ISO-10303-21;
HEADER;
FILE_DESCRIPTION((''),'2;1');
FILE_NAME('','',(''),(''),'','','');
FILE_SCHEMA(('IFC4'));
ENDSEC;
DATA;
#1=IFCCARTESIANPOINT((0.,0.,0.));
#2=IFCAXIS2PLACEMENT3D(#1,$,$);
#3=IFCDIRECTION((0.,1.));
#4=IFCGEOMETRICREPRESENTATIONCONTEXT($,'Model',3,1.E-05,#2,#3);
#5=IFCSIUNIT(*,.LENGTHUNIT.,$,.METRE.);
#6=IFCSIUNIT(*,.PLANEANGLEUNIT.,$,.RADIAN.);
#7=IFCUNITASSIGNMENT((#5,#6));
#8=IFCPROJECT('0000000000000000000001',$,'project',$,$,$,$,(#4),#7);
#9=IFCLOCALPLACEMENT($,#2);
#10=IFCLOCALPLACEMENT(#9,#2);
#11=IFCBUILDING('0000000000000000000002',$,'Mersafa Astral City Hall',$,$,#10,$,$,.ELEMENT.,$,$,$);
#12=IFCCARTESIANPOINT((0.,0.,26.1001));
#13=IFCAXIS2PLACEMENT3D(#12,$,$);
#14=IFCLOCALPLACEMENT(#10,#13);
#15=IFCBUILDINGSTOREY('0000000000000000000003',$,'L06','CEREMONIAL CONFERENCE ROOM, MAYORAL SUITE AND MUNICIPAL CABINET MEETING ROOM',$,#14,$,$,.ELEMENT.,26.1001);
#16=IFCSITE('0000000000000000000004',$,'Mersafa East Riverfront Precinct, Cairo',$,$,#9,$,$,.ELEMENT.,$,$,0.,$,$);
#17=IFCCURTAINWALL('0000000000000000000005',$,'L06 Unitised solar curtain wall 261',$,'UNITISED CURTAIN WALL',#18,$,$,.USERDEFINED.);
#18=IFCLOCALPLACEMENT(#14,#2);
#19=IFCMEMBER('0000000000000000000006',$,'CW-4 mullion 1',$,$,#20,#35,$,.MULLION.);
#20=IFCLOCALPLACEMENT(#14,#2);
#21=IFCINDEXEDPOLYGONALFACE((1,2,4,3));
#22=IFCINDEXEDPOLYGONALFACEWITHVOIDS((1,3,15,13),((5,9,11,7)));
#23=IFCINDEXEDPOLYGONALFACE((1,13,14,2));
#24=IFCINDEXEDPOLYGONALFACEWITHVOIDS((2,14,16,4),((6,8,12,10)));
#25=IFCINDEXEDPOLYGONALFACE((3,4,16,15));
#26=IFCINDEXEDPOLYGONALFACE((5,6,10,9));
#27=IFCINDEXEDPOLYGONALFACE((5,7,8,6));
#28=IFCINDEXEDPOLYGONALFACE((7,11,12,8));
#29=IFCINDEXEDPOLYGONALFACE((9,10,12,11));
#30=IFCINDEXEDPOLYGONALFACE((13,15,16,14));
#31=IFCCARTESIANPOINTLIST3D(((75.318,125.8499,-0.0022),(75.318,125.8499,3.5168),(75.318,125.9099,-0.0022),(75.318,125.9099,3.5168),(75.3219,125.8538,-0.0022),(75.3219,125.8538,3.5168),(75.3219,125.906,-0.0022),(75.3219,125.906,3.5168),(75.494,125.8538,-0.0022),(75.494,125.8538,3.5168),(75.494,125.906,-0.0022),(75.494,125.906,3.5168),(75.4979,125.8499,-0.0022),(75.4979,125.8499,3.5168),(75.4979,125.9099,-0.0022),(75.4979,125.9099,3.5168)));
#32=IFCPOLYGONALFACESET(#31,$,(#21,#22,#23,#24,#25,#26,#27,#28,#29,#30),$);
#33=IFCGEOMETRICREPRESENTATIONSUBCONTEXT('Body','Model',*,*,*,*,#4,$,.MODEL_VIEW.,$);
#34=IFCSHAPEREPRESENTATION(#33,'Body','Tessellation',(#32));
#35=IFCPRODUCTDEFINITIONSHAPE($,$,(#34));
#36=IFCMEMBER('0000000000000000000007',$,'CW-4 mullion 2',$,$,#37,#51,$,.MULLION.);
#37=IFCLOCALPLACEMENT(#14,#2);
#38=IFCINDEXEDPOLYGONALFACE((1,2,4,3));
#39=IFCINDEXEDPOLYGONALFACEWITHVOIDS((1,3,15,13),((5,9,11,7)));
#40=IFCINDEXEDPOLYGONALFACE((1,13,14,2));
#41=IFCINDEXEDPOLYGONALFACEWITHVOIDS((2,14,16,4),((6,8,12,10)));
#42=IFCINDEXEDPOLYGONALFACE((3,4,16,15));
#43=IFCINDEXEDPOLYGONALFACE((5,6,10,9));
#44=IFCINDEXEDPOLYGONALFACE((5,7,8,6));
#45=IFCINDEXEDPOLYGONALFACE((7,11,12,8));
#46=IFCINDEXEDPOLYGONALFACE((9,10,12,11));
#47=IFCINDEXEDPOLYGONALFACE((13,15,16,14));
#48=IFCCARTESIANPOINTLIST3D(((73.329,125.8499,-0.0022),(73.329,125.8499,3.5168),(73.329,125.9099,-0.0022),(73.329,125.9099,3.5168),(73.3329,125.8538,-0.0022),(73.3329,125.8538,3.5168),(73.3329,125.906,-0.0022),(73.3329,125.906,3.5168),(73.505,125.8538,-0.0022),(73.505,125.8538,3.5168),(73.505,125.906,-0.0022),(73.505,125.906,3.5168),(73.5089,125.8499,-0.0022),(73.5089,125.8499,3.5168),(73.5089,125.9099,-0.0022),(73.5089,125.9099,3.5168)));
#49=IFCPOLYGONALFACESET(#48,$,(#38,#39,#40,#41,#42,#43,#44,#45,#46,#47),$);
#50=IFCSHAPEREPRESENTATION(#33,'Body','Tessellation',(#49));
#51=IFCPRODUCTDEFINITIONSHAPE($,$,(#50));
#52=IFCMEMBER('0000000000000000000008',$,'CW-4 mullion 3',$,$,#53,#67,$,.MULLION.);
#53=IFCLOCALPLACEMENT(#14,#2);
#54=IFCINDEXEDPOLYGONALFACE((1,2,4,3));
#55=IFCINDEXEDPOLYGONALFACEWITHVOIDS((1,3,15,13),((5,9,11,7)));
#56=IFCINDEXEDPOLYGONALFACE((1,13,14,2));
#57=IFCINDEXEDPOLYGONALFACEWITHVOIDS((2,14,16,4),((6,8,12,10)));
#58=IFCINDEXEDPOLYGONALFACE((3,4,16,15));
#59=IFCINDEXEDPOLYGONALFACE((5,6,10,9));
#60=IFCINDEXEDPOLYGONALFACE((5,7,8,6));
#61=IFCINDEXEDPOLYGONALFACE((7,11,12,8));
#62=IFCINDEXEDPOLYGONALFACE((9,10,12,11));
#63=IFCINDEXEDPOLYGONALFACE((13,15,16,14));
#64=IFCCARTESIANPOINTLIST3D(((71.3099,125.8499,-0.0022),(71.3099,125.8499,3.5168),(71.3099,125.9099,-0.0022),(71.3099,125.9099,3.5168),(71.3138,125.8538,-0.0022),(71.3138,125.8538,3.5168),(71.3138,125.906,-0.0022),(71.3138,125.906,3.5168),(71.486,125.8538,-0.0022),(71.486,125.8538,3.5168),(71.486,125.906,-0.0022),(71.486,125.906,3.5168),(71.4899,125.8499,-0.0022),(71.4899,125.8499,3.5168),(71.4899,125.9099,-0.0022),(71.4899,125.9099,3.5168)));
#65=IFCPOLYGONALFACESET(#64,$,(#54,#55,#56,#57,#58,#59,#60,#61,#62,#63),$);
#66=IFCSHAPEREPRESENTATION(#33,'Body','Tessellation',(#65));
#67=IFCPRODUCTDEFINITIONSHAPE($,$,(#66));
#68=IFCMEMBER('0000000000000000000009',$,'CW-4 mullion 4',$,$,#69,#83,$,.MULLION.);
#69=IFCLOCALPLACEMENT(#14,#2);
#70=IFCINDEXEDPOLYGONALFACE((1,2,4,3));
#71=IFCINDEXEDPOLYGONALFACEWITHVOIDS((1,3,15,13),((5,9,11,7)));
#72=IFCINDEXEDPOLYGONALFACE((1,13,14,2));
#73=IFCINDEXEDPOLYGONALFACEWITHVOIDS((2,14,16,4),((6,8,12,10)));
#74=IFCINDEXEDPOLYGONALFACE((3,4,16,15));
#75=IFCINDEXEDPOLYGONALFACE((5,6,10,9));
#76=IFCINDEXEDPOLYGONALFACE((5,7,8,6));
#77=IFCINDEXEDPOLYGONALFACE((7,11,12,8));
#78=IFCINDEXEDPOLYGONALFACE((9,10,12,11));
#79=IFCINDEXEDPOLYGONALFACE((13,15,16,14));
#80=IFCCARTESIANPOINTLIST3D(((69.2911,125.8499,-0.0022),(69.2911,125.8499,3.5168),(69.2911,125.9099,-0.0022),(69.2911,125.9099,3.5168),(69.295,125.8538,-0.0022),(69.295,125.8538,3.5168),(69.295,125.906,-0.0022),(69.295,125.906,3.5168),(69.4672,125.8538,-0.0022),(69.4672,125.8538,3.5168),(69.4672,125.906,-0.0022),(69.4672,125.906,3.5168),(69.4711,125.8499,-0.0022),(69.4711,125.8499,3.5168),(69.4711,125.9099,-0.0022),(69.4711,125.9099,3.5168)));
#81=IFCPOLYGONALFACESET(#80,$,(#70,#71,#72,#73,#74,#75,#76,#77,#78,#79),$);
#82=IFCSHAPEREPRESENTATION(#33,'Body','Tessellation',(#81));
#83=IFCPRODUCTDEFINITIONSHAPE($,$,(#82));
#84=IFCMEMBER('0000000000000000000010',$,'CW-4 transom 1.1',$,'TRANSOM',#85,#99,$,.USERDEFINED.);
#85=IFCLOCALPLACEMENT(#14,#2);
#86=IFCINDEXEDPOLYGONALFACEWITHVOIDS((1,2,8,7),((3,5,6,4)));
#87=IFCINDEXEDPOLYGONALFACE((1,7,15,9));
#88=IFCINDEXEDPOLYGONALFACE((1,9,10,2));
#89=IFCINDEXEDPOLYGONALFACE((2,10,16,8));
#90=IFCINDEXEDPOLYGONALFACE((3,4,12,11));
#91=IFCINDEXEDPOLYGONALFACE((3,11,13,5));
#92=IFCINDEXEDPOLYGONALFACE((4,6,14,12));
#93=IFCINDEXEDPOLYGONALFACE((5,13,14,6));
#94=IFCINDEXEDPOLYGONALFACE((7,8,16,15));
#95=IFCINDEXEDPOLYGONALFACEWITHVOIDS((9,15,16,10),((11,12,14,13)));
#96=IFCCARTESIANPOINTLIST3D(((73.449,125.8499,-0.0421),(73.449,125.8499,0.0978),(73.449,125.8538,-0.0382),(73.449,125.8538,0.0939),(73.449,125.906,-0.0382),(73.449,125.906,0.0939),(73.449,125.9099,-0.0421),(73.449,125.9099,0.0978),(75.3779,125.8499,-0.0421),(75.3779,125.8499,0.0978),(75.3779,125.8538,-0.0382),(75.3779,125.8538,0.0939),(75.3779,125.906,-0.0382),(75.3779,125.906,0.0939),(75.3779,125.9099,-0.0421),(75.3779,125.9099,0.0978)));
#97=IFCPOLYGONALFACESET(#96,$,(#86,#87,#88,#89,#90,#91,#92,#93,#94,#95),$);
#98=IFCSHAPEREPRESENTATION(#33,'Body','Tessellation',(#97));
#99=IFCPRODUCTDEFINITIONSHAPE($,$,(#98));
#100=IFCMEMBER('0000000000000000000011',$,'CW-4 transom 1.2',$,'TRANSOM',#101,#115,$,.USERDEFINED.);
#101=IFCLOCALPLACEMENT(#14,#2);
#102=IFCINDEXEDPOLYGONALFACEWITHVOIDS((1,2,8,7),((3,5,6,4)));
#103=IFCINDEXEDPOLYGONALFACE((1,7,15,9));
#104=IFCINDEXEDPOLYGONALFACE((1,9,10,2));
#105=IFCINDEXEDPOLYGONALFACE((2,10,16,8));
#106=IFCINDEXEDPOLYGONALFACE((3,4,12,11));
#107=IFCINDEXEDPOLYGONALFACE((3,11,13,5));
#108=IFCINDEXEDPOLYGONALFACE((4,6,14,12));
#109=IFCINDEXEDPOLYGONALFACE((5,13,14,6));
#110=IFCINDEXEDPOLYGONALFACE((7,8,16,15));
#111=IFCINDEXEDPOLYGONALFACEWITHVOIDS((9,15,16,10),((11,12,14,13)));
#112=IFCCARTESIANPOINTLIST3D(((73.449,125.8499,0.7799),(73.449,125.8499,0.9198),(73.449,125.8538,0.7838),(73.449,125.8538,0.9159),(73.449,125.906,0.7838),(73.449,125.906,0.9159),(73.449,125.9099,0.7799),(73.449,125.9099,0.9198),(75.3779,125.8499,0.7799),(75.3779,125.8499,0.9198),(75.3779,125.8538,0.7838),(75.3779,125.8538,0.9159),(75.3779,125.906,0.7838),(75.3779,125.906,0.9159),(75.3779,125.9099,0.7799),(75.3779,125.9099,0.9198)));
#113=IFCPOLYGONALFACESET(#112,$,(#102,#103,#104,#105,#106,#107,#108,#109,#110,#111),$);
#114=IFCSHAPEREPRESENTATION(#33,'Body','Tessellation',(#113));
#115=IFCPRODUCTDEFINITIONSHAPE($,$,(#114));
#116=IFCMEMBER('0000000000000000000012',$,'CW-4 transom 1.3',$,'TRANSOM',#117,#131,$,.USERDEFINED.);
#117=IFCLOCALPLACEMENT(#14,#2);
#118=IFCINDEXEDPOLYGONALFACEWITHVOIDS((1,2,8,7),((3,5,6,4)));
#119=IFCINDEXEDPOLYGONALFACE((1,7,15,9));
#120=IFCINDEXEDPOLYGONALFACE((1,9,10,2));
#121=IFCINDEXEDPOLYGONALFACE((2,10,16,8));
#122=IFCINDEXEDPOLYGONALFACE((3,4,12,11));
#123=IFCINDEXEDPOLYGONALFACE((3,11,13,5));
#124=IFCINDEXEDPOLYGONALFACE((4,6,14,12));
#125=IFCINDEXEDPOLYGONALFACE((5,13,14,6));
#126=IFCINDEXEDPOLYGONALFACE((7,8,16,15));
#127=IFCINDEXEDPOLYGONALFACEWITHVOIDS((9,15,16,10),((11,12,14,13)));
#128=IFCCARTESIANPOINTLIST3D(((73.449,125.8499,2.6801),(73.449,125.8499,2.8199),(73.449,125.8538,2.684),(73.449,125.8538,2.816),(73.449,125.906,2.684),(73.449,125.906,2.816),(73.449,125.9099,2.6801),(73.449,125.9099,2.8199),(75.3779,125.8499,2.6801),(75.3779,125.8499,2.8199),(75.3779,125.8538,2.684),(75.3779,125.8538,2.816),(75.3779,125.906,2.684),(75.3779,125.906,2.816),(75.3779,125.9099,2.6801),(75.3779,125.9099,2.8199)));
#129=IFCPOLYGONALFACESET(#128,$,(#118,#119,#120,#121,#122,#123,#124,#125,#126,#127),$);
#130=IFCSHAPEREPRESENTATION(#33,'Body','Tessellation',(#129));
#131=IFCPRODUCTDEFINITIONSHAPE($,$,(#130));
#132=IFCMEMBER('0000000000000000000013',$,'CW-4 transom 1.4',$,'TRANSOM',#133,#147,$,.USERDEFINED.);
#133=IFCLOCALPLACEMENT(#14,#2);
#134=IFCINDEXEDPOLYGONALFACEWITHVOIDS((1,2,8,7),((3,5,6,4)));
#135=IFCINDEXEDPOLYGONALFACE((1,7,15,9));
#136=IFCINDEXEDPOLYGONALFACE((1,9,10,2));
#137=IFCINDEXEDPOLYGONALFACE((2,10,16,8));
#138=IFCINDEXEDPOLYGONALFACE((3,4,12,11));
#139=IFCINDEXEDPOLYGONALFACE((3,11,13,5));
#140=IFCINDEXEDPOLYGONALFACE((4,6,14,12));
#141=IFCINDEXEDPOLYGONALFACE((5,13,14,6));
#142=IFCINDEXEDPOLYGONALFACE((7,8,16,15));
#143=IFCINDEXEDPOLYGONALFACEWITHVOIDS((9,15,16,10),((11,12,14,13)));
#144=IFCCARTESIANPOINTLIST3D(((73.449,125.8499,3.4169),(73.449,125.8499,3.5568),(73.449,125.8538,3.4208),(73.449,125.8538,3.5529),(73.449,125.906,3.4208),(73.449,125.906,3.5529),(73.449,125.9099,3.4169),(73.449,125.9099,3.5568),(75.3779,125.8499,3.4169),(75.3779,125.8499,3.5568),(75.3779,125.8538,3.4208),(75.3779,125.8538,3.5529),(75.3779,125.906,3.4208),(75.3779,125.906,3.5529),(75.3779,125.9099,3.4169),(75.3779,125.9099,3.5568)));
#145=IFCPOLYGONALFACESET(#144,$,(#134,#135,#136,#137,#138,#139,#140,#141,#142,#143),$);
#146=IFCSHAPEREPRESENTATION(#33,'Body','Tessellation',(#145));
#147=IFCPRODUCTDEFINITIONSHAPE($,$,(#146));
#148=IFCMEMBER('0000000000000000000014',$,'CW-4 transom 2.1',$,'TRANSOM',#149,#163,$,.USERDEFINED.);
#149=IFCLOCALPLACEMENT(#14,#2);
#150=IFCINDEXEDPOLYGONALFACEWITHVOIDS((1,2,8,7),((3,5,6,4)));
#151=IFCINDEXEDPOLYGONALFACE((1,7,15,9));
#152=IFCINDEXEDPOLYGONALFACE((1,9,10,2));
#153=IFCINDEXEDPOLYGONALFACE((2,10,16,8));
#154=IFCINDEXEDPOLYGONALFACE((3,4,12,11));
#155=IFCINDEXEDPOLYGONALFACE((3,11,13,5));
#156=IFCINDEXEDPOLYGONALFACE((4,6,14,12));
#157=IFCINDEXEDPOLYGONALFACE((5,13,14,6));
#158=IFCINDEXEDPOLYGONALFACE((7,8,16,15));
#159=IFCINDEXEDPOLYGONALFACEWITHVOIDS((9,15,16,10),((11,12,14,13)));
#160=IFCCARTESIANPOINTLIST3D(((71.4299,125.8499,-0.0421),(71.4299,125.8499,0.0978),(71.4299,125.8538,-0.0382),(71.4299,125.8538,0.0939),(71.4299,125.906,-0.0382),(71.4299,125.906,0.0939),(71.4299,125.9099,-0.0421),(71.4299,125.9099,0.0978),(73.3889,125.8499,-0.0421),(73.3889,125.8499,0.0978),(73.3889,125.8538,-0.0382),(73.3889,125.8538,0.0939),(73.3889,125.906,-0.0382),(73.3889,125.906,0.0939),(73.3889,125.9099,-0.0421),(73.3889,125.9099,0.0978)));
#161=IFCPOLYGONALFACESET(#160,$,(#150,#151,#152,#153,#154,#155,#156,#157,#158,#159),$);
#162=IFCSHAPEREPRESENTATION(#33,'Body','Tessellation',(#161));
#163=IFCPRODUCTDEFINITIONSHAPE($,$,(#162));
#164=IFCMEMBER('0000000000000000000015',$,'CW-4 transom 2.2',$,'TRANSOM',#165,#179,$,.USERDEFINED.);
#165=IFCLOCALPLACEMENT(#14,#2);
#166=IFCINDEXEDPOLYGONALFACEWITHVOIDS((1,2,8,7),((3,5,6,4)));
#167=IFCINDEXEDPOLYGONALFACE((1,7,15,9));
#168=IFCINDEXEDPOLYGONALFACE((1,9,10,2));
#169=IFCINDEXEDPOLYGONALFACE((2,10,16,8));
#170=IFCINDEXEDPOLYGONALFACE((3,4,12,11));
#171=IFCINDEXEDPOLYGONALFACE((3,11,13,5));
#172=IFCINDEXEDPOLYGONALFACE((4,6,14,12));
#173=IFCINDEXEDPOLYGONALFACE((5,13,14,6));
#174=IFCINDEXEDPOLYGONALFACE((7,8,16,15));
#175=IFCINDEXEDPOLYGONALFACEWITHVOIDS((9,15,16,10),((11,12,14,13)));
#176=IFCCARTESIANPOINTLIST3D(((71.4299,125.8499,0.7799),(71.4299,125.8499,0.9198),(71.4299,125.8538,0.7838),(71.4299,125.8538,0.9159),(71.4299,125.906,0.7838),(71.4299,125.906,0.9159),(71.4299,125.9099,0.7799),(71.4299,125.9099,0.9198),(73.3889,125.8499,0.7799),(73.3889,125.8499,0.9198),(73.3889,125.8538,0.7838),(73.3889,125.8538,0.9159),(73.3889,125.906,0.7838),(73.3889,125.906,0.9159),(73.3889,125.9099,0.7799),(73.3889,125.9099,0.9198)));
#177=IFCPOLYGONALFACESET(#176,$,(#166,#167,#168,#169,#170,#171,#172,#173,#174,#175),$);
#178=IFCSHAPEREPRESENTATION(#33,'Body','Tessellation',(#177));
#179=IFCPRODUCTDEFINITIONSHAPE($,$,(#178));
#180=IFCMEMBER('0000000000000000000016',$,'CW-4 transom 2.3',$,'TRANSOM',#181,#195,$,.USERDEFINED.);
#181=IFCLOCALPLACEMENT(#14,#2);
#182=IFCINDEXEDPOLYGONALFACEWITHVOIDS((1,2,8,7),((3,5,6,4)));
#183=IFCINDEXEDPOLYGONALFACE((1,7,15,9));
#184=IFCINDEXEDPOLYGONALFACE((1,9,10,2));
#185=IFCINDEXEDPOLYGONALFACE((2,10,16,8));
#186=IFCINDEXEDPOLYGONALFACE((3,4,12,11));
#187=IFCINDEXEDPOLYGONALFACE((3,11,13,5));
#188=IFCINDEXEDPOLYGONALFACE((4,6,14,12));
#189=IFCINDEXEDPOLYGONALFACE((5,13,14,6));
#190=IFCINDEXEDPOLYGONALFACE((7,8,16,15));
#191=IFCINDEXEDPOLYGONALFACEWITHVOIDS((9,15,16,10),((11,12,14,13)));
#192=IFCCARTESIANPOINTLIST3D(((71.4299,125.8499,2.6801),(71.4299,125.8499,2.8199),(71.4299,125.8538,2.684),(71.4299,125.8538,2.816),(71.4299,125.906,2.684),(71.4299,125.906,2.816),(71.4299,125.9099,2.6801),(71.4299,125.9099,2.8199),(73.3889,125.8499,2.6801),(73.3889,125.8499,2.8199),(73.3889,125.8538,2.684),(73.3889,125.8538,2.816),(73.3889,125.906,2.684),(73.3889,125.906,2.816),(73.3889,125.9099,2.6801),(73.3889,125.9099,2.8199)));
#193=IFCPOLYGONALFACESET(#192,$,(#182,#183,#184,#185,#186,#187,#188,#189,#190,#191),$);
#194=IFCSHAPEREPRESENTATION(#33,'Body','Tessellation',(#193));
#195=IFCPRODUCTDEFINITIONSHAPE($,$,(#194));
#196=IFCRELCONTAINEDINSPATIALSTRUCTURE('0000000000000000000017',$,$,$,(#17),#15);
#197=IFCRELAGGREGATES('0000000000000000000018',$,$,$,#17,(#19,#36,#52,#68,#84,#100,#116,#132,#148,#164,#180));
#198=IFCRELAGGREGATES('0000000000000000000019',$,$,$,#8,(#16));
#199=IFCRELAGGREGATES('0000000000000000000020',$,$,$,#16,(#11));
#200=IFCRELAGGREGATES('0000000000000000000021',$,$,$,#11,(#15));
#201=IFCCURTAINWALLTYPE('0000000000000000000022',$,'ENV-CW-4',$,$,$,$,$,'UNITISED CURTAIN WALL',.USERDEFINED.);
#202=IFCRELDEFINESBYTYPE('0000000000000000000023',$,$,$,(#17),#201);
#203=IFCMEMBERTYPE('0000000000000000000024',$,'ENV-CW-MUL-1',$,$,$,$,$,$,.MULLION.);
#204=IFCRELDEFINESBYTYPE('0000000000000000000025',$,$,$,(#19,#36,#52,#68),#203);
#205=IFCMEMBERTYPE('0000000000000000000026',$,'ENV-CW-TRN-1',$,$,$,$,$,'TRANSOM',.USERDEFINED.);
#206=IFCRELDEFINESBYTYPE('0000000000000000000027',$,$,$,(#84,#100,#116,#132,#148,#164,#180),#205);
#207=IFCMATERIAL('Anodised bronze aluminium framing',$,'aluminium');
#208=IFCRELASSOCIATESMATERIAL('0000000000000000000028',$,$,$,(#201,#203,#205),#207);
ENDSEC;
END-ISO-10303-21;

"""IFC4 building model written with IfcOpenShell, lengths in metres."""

from ifc_helpers import new_model, si_unit, direction, frame, origin, origin_2d, place, context, subcontext, project, spatial, hollow_rectangle, extrude, material, material_profile, profile_set, type_object, element, aggregate, save


model = new_model("IFC4")

# Units and contexts
model_context = context("Model", 3, precision=1e-05, world=origin(), true_north=direction((0.0, 1.0)))
body_context = subcontext(model_context, "Body", "Model", "MODEL_VIEW")
ifc_project = project(units=[si_unit("LENGTHUNIT", "METRE"), si_unit("PLANEANGLEUNIT", "RADIAN")], contexts=[model_context])

# Site, building, storey
site_placement = place(None, origin())
site = spatial("IfcSite", under=ifc_project, at=site_placement, Name="Mersafa East Riverfront Precinct, Cairo", CompositionType="ELEMENT", RefElevation=0.0)
building_placement = place(site_placement, origin())
building = spatial("IfcBuilding", under=site, at=building_placement, Name="Mersafa Astral City Hall", CompositionType="ELEMENT")
storey_placement = place(building_placement, frame((0.0, 0.0, 26.1001)))
storey = spatial("IfcBuildingStorey", under=building, at=storey_placement, Name="L06", Description="CEREMONIAL CONFERENCE ROOM, MAYORAL SUITE AND MUNICIPAL CABINET MEETING ROOM", CompositionType="ELEMENT", Elevation=26.1001)

# Curtain wall, members
ifc_material_1 = material(Name="Anodised bronze aluminium framing", Category="aluminium")
curtain_wall_type = type_object("IfcCurtainWallType", Name="ENV-CW-4", ElementType="UNITISED CURTAIN WALL", PredefinedType="USERDEFINED", material=ifc_material_1)
curtain_wall_placement = place(storey_placement, origin())
curtain_wall = element("IfcCurtainWall", 1, at=curtain_wall_placement, inside=storey, type_object=curtain_wall_type, Name="L06 Unitised solar curtain wall 261", ObjectType="UNITISED CURTAIN WALL", PredefinedType="USERDEFINED")
ifc_material_profile_1 = material_profile(ifc_material_1, hollow_rectangle(XDim=0.0601, YDim=0.1799, WallThickness=0.0039, at=origin_2d()), Name="RHS 60x180x4")
ifc_profile_set_1 = profile_set([ifc_material_profile_1], Name="Anodised bronze aluminium framing")
member_type_1 = type_object("IfcMemberType", Name="ENV-CW-MUL-1", PredefinedType="MULLION", material=ifc_profile_set_1)
member_1_placement = place(storey_placement, frame((75.408, 125.8799, -0.0022), z_axis=(0.0, 0.0, 1.0), x_axis=(0.0, -1.0, 0.0)))
member_1 = element("IfcMember", 2, at=member_1_placement, type_object=member_type_1, Name="CW-4 mullion 1", PredefinedType="MULLION", context=body_context, shape_type="SweptSolid", body=[
    extrude(hollow_rectangle(XDim=0.0601, YDim=0.1799, WallThickness=0.0039, at=origin_2d()), origin(), (0.0, 0.0, 1.0), 3.519),
])
member_2_placement = place(storey_placement, frame((73.4189, 125.8799, -0.0022), z_axis=(0.0, 0.0, 1.0), x_axis=(0.0, -1.0, 0.0)))
member_2 = element("IfcMember", 3, at=member_2_placement, type_object=member_type_1, Name="CW-4 mullion 2", PredefinedType="MULLION", context=body_context, shape_type="SweptSolid", body=[
    extrude(hollow_rectangle(XDim=0.0601, YDim=0.1799, WallThickness=0.0039, at=origin_2d()), origin(), (0.0, 0.0, 1.0), 3.519),
])
member_3_placement = place(storey_placement, frame((71.3999, 125.8799, -0.0022), z_axis=(0.0, 0.0, 1.0), x_axis=(0.0, -1.0, 0.0)))
member_3 = element("IfcMember", 4, at=member_3_placement, type_object=member_type_1, Name="CW-4 mullion 3", PredefinedType="MULLION", context=body_context, shape_type="SweptSolid", body=[
    extrude(hollow_rectangle(XDim=0.0601, YDim=0.1799, WallThickness=0.0039, at=origin_2d()), origin(), (0.0, 0.0, 1.0), 3.519),
])
member_4_placement = place(storey_placement, frame((69.3811, 125.8799, -0.0022), z_axis=(0.0, 0.0, 1.0), x_axis=(0.0, -1.0, 0.0)))
member_4 = element("IfcMember", 5, at=member_4_placement, type_object=member_type_1, Name="CW-4 mullion 4", PredefinedType="MULLION", context=body_context, shape_type="SweptSolid", body=[
    extrude(hollow_rectangle(XDim=0.0601, YDim=0.1799, WallThickness=0.0039, at=origin_2d()), origin(), (0.0, 0.0, 1.0), 3.519),
])
ifc_material_profile_2 = material_profile(ifc_material_1, hollow_rectangle(XDim=0.0601, YDim=0.1399, WallThickness=0.0039, at=origin_2d()), Name="RHS 60x140x4")
ifc_profile_set_2 = profile_set([ifc_material_profile_2], Name="Anodised bronze aluminium framing")
member_type_2 = type_object("IfcMemberType", Name="ENV-CW-TRN-1", ElementType="TRANSOM", PredefinedType="USERDEFINED", material=ifc_profile_set_2)
member_5_placement = place(storey_placement, frame((75.3779, 125.8799, 0.0278), z_axis=(-1.0, 0.0, 0.0), x_axis=(0.0, -1.0, 0.0)))
member_5 = element("IfcMember", 6, at=member_5_placement, type_object=member_type_2, Name="CW-4 transom 1.1", ObjectType="TRANSOM", PredefinedType="USERDEFINED", context=body_context, shape_type="SweptSolid", body=[
    extrude(hollow_rectangle(XDim=0.0601, YDim=0.1399, WallThickness=0.0039, at=origin_2d()), origin(), (0.0, 0.0, 1.0), 1.929),
])
member_6_placement = place(storey_placement, frame((75.3779, 125.8799, 0.8499), z_axis=(-1.0, 0.0, 0.0), x_axis=(0.0, -1.0, 0.0)))
member_6 = element("IfcMember", 7, at=member_6_placement, type_object=member_type_2, Name="CW-4 transom 1.2", ObjectType="TRANSOM", PredefinedType="USERDEFINED", context=body_context, shape_type="SweptSolid", body=[
    extrude(hollow_rectangle(XDim=0.0601, YDim=0.1399, WallThickness=0.0039, at=origin_2d()), origin(), (0.0, 0.0, 1.0), 1.929),
])
member_7_placement = place(storey_placement, frame((75.3779, 125.8799, 2.75), z_axis=(-1.0, 0.0, 0.0), x_axis=(0.0, -1.0, 0.0)))
member_7 = element("IfcMember", 8, at=member_7_placement, type_object=member_type_2, Name="CW-4 transom 1.3", ObjectType="TRANSOM", PredefinedType="USERDEFINED", context=body_context, shape_type="SweptSolid", body=[
    extrude(hollow_rectangle(XDim=0.0601, YDim=0.1399, WallThickness=0.0039, at=origin_2d()), origin(), (0.0, 0.0, 1.0), 1.929),
])
member_8_placement = place(storey_placement, frame((75.3779, 125.8799, 3.4868), z_axis=(-1.0, 0.0, 0.0), x_axis=(0.0, -1.0, 0.0)))
member_8 = element("IfcMember", 9, at=member_8_placement, type_object=member_type_2, Name="CW-4 transom 1.4", ObjectType="TRANSOM", PredefinedType="USERDEFINED", context=body_context, shape_type="SweptSolid", body=[
    extrude(hollow_rectangle(XDim=0.0601, YDim=0.1399, WallThickness=0.0039, at=origin_2d()), origin(), (0.0, 0.0, 1.0), 1.929),
])
member_9_placement = place(storey_placement, frame((73.3889, 125.8799, 0.0278), z_axis=(-1.0, 0.0, 0.0), x_axis=(0.0, -1.0, 0.0)))
member_9 = element("IfcMember", 10, at=member_9_placement, type_object=member_type_2, Name="CW-4 transom 2.1", ObjectType="TRANSOM", PredefinedType="USERDEFINED", context=body_context, shape_type="SweptSolid", body=[
    extrude(hollow_rectangle(XDim=0.0601, YDim=0.1399, WallThickness=0.0039, at=origin_2d()), origin(), (0.0, 0.0, 1.0), 1.959),
])
member_10_placement = place(storey_placement, frame((73.3889, 125.8799, 0.8499), z_axis=(-1.0, 0.0, 0.0), x_axis=(0.0, -1.0, 0.0)))
member_10 = element("IfcMember", 11, at=member_10_placement, type_object=member_type_2, Name="CW-4 transom 2.2", ObjectType="TRANSOM", PredefinedType="USERDEFINED", context=body_context, shape_type="SweptSolid", body=[
    extrude(hollow_rectangle(XDim=0.0601, YDim=0.1399, WallThickness=0.0039, at=origin_2d()), origin(), (0.0, 0.0, 1.0), 1.959),
])
member_11_placement = place(storey_placement, frame((73.3889, 125.8799, 2.75), z_axis=(-1.0, 0.0, 0.0), x_axis=(0.0, -1.0, 0.0)))
member_11 = element("IfcMember", 12, at=member_11_placement, type_object=member_type_2, Name="CW-4 transom 2.3", ObjectType="TRANSOM", PredefinedType="USERDEFINED", context=body_context, shape_type="SweptSolid", body=[
    extrude(hollow_rectangle(XDim=0.0601, YDim=0.1399, WallThickness=0.0039, at=origin_2d()), origin(), (0.0, 0.0, 1.0), 1.959),
])
aggregate(curtain_wall, [member_1, member_2, member_3, member_4, member_5, member_6, member_7, member_8, member_9, member_10, member_11])

save(model, "model.ifc")
